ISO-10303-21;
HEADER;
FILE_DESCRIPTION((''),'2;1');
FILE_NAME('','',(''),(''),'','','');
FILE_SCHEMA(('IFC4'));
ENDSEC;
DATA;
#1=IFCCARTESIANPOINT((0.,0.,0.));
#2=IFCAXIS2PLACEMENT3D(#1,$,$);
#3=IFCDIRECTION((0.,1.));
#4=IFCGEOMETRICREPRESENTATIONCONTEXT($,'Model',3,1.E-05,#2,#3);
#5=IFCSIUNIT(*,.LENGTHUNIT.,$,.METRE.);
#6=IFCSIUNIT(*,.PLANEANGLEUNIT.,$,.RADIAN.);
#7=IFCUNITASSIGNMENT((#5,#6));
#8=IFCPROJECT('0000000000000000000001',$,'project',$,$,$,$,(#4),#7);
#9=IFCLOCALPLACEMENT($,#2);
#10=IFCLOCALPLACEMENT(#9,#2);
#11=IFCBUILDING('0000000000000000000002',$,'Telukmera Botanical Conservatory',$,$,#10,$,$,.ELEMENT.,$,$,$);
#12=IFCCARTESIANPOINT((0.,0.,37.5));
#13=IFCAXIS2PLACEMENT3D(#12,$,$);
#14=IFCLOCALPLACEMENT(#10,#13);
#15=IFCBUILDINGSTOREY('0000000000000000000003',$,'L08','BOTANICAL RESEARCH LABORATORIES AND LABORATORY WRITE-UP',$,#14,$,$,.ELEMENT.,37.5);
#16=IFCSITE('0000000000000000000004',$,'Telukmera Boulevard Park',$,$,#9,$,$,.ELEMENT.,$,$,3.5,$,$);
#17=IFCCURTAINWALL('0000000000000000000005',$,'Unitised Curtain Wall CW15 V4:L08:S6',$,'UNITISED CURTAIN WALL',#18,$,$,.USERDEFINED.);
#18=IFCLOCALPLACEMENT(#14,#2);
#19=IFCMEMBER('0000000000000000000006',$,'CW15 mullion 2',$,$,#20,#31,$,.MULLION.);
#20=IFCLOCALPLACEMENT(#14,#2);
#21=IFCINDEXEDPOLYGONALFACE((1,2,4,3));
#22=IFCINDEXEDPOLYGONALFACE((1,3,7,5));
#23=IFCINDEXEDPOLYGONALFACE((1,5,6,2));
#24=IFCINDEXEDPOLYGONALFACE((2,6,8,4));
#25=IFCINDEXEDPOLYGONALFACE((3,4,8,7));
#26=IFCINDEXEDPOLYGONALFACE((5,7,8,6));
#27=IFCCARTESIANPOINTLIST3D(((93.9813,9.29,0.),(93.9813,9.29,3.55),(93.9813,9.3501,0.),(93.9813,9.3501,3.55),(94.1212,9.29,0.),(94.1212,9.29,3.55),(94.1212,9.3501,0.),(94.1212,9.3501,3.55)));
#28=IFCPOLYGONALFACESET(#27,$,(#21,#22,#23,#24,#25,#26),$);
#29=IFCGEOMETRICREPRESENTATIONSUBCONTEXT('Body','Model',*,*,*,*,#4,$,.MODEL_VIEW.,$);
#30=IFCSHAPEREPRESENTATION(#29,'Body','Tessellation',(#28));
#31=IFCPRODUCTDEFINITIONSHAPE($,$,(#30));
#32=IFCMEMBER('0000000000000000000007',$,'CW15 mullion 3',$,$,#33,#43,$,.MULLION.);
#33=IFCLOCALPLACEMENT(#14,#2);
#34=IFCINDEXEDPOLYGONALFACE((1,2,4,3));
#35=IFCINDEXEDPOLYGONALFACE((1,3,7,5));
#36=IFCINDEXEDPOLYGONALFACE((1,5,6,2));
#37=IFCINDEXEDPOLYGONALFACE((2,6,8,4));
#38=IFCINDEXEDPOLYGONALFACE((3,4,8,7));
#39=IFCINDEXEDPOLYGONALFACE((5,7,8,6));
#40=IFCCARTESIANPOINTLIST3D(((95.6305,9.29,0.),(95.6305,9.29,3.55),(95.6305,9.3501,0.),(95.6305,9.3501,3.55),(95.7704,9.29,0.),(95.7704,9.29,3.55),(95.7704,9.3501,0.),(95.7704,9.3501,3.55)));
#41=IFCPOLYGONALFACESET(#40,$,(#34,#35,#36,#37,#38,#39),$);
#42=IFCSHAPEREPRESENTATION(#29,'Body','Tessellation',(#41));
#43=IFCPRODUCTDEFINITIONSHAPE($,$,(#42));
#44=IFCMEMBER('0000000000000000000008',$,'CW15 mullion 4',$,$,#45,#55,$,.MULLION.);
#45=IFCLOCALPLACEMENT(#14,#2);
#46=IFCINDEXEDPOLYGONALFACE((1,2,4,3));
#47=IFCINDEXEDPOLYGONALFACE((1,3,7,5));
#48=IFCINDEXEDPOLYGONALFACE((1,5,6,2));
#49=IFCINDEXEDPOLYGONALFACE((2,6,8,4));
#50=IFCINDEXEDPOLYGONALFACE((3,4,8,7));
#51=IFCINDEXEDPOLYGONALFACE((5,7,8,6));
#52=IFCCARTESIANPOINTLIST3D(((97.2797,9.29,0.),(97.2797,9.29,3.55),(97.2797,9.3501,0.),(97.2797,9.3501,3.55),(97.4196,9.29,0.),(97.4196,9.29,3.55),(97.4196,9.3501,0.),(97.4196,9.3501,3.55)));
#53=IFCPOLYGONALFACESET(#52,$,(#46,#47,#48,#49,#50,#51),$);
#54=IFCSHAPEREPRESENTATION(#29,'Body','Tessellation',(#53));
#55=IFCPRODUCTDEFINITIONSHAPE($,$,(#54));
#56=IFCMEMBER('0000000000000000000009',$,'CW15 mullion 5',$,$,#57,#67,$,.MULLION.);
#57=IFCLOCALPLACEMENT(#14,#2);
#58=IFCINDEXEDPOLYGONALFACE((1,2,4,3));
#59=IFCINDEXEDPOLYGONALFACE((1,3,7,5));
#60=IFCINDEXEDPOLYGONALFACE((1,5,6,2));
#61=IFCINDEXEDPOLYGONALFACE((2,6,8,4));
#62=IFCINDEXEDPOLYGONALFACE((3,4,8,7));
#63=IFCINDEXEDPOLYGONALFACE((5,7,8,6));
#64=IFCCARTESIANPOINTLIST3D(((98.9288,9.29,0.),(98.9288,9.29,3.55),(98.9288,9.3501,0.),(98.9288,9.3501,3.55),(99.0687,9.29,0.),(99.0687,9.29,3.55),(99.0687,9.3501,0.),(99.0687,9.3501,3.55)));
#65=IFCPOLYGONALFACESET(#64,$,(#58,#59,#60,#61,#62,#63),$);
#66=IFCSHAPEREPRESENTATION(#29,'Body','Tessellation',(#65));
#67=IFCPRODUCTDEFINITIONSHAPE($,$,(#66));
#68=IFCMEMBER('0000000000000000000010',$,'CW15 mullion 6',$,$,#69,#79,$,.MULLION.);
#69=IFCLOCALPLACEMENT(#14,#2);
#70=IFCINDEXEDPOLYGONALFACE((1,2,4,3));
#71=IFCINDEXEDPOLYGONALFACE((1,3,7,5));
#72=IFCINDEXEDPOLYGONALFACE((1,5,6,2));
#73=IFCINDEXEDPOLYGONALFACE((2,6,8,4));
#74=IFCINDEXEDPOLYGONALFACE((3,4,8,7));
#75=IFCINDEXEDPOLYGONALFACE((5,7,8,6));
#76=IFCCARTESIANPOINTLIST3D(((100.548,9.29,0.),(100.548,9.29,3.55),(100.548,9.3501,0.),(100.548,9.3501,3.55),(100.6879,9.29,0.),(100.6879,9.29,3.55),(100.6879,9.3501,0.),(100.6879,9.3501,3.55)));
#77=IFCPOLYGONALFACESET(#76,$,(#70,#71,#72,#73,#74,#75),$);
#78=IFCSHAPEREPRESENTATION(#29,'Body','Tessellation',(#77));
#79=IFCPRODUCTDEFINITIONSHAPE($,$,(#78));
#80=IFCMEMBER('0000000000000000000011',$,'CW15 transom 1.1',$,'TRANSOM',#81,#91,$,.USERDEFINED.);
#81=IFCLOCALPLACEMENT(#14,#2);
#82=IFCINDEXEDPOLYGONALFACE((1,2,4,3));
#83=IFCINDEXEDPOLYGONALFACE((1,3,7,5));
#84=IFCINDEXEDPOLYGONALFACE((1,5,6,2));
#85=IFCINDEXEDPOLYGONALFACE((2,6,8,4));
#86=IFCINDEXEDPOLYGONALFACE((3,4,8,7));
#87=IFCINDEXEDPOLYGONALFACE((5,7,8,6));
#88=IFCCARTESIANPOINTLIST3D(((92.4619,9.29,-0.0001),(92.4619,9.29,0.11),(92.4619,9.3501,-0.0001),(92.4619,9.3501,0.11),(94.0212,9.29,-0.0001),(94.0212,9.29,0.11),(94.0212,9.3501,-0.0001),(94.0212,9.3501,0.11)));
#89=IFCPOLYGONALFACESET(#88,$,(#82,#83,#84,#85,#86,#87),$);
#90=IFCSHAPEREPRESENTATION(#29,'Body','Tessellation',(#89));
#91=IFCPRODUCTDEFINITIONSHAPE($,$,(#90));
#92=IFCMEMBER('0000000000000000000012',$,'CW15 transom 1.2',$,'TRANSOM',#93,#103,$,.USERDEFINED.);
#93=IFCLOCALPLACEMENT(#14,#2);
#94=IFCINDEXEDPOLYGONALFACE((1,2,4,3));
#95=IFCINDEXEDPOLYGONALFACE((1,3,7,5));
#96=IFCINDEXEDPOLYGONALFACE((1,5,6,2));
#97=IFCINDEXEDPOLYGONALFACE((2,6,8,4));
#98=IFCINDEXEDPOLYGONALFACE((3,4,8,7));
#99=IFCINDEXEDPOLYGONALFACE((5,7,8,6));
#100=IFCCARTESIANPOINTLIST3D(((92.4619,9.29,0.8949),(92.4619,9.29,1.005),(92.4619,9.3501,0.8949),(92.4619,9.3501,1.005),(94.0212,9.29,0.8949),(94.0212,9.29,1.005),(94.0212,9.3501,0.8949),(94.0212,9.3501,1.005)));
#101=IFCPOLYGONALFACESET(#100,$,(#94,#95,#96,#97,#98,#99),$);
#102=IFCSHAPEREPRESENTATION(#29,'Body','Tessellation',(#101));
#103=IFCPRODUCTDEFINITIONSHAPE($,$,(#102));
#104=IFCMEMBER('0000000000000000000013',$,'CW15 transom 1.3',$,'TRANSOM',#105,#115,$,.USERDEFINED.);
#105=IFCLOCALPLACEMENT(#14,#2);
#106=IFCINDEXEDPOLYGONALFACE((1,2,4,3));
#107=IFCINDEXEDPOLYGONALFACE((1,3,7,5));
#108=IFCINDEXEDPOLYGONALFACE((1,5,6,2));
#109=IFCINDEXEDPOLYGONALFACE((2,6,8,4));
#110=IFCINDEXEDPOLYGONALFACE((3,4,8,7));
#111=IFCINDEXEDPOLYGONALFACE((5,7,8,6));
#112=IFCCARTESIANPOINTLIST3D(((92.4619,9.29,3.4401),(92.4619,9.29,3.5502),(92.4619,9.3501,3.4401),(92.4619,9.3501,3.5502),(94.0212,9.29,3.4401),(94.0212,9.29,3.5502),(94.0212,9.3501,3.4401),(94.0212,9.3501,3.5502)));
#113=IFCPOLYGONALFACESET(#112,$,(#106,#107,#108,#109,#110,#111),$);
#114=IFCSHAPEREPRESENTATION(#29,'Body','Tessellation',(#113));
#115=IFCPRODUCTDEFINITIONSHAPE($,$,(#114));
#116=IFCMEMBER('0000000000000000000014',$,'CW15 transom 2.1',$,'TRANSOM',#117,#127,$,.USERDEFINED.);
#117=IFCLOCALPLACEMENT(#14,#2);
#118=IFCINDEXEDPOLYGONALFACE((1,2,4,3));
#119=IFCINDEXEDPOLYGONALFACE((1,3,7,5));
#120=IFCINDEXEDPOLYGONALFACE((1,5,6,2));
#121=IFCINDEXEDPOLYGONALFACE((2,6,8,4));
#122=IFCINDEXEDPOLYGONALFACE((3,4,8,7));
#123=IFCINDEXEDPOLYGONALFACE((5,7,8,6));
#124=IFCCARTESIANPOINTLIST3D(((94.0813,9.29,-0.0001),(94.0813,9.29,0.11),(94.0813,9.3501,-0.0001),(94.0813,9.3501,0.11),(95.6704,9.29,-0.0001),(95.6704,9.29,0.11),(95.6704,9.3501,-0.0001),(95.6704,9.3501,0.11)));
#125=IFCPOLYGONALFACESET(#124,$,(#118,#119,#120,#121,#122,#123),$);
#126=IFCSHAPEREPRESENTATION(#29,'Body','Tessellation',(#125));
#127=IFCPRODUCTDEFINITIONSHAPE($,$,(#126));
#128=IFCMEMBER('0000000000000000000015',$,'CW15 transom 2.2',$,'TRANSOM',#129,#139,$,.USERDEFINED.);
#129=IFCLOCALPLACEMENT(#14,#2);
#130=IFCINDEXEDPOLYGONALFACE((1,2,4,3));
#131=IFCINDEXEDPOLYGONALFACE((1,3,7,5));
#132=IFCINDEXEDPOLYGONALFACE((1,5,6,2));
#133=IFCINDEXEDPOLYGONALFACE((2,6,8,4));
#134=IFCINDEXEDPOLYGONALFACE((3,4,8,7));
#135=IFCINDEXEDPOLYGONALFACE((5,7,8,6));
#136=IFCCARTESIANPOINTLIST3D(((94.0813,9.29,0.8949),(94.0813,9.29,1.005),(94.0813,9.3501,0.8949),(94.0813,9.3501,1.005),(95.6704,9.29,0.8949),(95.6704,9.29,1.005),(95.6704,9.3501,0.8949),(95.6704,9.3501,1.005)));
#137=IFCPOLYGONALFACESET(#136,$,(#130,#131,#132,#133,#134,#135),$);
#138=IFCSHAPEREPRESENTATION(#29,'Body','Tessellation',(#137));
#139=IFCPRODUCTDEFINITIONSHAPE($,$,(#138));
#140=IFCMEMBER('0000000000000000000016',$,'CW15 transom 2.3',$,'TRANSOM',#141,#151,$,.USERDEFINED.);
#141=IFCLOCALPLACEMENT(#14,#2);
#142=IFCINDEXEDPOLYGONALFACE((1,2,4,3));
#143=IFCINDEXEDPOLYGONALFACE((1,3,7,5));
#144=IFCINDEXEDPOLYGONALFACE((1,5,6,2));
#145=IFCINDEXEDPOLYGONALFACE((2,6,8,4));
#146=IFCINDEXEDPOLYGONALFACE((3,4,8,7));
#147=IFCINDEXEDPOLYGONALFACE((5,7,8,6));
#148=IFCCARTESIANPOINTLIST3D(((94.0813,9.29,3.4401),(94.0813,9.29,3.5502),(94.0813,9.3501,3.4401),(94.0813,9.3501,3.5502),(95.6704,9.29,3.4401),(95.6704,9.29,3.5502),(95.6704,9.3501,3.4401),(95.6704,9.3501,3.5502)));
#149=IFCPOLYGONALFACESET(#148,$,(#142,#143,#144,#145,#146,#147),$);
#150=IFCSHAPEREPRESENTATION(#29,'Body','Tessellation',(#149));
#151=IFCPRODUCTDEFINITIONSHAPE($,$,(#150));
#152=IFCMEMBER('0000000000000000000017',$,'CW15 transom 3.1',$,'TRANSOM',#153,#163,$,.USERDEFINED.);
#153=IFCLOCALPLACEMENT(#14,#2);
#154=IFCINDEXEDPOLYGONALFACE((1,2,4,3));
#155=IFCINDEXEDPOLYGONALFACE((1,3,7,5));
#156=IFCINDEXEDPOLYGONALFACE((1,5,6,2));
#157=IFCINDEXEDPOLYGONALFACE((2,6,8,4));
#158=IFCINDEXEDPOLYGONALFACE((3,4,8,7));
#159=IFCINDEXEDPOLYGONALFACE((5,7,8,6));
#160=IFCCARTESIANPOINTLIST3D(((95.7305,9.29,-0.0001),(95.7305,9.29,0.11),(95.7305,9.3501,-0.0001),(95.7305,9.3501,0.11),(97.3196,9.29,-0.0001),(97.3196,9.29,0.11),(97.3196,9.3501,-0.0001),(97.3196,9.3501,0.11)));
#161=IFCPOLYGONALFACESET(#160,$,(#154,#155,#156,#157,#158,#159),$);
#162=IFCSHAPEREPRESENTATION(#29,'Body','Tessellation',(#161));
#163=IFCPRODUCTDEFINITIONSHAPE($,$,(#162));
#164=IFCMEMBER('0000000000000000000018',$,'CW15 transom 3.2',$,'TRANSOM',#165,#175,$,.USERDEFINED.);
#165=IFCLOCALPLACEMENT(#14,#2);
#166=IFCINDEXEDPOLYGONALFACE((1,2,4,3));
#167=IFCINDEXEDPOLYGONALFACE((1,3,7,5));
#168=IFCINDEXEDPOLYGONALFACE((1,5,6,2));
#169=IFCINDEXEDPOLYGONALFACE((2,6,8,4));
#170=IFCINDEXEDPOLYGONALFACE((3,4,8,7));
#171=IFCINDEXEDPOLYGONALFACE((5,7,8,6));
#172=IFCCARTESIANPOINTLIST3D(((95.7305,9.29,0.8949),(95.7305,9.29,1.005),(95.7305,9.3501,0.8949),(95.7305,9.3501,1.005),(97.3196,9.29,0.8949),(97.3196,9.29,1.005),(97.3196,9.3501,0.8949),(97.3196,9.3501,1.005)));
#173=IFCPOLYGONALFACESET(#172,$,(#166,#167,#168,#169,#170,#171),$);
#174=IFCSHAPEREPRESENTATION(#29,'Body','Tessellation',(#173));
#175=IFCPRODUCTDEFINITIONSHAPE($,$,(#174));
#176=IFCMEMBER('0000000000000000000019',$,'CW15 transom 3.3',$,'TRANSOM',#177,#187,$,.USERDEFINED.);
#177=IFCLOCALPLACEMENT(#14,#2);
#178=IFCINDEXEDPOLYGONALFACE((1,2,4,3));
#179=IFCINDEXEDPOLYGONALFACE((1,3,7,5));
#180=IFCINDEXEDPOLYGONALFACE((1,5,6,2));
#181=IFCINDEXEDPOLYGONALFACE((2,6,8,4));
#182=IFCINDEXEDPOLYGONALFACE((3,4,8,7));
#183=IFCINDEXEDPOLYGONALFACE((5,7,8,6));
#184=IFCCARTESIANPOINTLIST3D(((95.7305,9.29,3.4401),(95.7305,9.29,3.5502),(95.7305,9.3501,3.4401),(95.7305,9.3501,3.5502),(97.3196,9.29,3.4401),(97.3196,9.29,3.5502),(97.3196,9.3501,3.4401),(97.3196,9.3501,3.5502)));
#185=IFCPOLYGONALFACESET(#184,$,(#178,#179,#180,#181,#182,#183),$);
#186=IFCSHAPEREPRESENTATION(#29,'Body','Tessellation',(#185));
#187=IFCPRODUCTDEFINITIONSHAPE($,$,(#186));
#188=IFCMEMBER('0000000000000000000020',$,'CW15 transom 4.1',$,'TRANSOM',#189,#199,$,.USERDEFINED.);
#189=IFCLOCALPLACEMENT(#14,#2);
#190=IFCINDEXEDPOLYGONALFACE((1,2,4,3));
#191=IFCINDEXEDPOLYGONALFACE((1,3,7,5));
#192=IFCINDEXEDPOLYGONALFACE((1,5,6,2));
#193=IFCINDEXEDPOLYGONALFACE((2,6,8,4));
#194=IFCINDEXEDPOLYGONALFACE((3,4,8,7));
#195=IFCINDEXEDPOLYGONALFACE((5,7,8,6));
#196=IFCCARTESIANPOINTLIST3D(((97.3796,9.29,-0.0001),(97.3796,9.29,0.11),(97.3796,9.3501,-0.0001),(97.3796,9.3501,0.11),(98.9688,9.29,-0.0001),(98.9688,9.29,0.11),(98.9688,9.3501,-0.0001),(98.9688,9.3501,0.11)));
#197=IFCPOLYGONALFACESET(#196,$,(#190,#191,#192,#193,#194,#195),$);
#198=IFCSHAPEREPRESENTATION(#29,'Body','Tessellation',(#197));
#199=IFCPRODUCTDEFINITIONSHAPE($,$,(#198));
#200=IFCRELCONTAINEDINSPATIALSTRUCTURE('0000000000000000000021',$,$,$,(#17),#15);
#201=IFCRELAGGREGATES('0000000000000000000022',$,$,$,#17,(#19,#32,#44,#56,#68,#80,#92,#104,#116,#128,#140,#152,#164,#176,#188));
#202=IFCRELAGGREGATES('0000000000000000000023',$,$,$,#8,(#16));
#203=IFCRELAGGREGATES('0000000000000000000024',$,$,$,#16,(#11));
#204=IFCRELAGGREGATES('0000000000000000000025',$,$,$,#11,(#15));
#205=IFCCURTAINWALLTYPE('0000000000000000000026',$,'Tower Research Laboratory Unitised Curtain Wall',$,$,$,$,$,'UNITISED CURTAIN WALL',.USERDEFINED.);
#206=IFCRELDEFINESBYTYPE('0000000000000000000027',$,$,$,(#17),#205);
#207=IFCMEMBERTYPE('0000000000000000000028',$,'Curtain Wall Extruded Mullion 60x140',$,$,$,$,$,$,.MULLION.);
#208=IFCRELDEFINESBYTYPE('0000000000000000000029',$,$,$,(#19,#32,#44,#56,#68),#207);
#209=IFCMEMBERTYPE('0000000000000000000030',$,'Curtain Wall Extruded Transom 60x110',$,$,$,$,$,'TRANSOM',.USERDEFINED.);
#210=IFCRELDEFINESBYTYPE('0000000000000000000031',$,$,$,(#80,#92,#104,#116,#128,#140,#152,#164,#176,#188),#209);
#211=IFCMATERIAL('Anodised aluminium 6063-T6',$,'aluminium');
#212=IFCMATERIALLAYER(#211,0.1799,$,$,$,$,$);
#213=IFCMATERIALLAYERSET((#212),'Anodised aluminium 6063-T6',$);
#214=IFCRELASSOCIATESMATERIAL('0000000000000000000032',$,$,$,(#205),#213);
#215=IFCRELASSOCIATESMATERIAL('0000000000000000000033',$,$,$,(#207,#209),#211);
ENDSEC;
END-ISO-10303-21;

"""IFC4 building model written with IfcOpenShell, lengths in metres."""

from ifc_helpers import new_model, si_unit, direction, frame, origin, origin_2d, place, context, subcontext, project, spatial, rectangle, extrude, material, layer, layer_set, material_profile, profile_set, type_object, element, aggregate, save


model = new_model("IFC4")

# Units and contexts
model_context = context("Model", 3, precision=1e-05, world=origin(), true_north=direction((0.0, 1.0)))
body_context = subcontext(model_context, "Body", "Model", "MODEL_VIEW")
ifc_project = project(units=[si_unit("LENGTHUNIT", "METRE"), si_unit("PLANEANGLEUNIT", "RADIAN")], contexts=[model_context])

# Site, building, storey
site_placement = place(None, origin())
site = spatial("IfcSite", under=ifc_project, at=site_placement, Name="Telukmera Boulevard Park", CompositionType="ELEMENT", RefElevation=3.5)
building_placement = place(site_placement, origin())
building = spatial("IfcBuilding", under=site, at=building_placement, Name="Telukmera Botanical Conservatory", CompositionType="ELEMENT")
storey_placement = place(building_placement, frame((0.0, 0.0, 37.5)))
storey = spatial("IfcBuildingStorey", under=building, at=storey_placement, Name="L08", Description="BOTANICAL RESEARCH LABORATORIES AND LABORATORY WRITE-UP", CompositionType="ELEMENT", Elevation=37.5)

# Curtain wall, members
ifc_material_1 = material(Name="Anodised aluminium 6063-T6", Category="aluminium")
ifc_layer_1 = layer(ifc_material_1, 0.1799)
ifc_layer_set_1 = layer_set([ifc_layer_1], Name="Anodised aluminium 6063-T6")
curtain_wall_type = type_object("IfcCurtainWallType", Name="Tower Research Laboratory Unitised Curtain Wall", ElementType="UNITISED CURTAIN WALL", PredefinedType="USERDEFINED", material=ifc_layer_set_1)
curtain_wall_placement = place(storey_placement, origin())
curtain_wall = element("IfcCurtainWall", 1, at=curtain_wall_placement, inside=storey, type_object=curtain_wall_type, Name="Unitised Curtain Wall CW15 V4:L08:S6", ObjectType="UNITISED CURTAIN WALL", PredefinedType="USERDEFINED")
ifc_material_profile_1 = material_profile(ifc_material_1, rectangle(XDim=0.0601, YDim=0.1399, at=origin_2d()), Name="ALU MULL 60x140")
ifc_profile_set_1 = profile_set([ifc_material_profile_1], Name="Anodised aluminium 6063-T6")
member_type_1 = type_object("IfcMemberType", Name="Curtain Wall Extruded Mullion 60x140", PredefinedType="MULLION", material=ifc_profile_set_1)
member_1_placement = place(storey_placement, frame((94.0513, 9.3201, 0.0), z_axis=(0.0, 0.0, 1.0), x_axis=(0.0, 1.0, 0.0)))
member_1 = element("IfcMember", 2, at=member_1_placement, type_object=member_type_1, Name="CW15 mullion 2", PredefinedType="MULLION", context=body_context, shape_type="SweptSolid", body=[
    extrude(rectangle(XDim=0.0601, YDim=0.1399, at=origin_2d()), origin(), (0.0, 0.0, 1.0), 3.55),
])
member_2_placement = place(storey_placement, frame((95.7004, 9.3201, 0.0), z_axis=(0.0, 0.0, 1.0), x_axis=(0.0, 1.0, 0.0)))
member_2 = element("IfcMember", 3, at=member_2_placement, type_object=member_type_1, Name="CW15 mullion 3", PredefinedType="MULLION", context=body_context, shape_type="SweptSolid", body=[
    extrude(rectangle(XDim=0.0601, YDim=0.1399, at=origin_2d()), origin(), (0.0, 0.0, 1.0), 3.55),
])
member_3_placement = place(storey_placement, frame((97.3496, 9.3201, 0.0), z_axis=(0.0, 0.0, 1.0), x_axis=(0.0, 1.0, 0.0)))
member_3 = element("IfcMember", 4, at=member_3_placement, type_object=member_type_1, Name="CW15 mullion 4", PredefinedType="MULLION", context=body_context, shape_type="SweptSolid", body=[
    extrude(rectangle(XDim=0.0601, YDim=0.1399, at=origin_2d()), origin(), (0.0, 0.0, 1.0), 3.55),
])
member_4_placement = place(storey_placement, frame((98.9988, 9.3201, 0.0), z_axis=(0.0, 0.0, 1.0), x_axis=(0.0, 1.0, 0.0)))
member_4 = element("IfcMember", 5, at=member_4_placement, type_object=member_type_1, Name="CW15 mullion 5", PredefinedType="MULLION", context=body_context, shape_type="SweptSolid", body=[
    extrude(rectangle(XDim=0.0601, YDim=0.1399, at=origin_2d()), origin(), (0.0, 0.0, 1.0), 3.55),
])
member_5_placement = place(storey_placement, frame((100.6179, 9.3201, 0.0), z_axis=(0.0, 0.0, 1.0), x_axis=(0.0, 1.0, 0.0)))
member_5 = element("IfcMember", 6, at=member_5_placement, type_object=member_type_1, Name="CW15 mullion 6", PredefinedType="MULLION", context=body_context, shape_type="SweptSolid", body=[
    extrude(rectangle(XDim=0.0601, YDim=0.1399, at=origin_2d()), origin(), (0.0, 0.0, 1.0), 3.55),
])
ifc_material_profile_2 = material_profile(ifc_material_1, rectangle(XDim=0.0601, YDim=0.1101, at=origin_2d()), Name="ALU TRAN 60x110")
ifc_profile_set_2 = profile_set([ifc_material_profile_2], Name="Anodised aluminium 6063-T6")
member_type_2 = type_object("IfcMemberType", Name="Curtain Wall Extruded Transom 60x110", ElementType="TRANSOM", PredefinedType="USERDEFINED", material=ifc_profile_set_2)
member_6_placement = place(storey_placement, frame((92.4619, 9.3201, 0.0549), z_axis=(1.0, 0.0, 0.0), x_axis=(0.0, 1.0, 0.0)))
member_6 = element("IfcMember", 7, at=member_6_placement, type_object=member_type_2, Name="CW15 transom 1.1", ObjectType="TRANSOM", PredefinedType="USERDEFINED", context=body_context, shape_type="SweptSolid", body=[
    extrude(rectangle(XDim=0.0601, YDim=0.1101, at=origin_2d()), origin(), (0.0, 0.0, 1.0), 1.5593),
])
member_7_placement = place(storey_placement, frame((92.4619, 9.3201, 0.95), z_axis=(1.0, 0.0, 0.0), x_axis=(0.0, 1.0, 0.0)))
member_7 = element("IfcMember", 8, at=member_7_placement, type_object=member_type_2, Name="CW15 transom 1.2", ObjectType="TRANSOM", PredefinedType="USERDEFINED", context=body_context, shape_type="SweptSolid", body=[
    extrude(rectangle(XDim=0.0601, YDim=0.1101, at=origin_2d()), origin(), (0.0, 0.0, 1.0), 1.5593),
])
member_8_placement = place(storey_placement, frame((92.4619, 9.3201, 3.4951), z_axis=(1.0, 0.0, 0.0), x_axis=(0.0, 1.0, 0.0)))
member_8 = element("IfcMember", 9, at=member_8_placement, type_object=member_type_2, Name="CW15 transom 1.3", ObjectType="TRANSOM", PredefinedType="USERDEFINED", context=body_context, shape_type="SweptSolid", body=[
    extrude(rectangle(XDim=0.0601, YDim=0.1101, at=origin_2d()), origin(), (0.0, 0.0, 1.0), 1.5593),
])
member_9_placement = place(storey_placement, frame((94.0813, 9.3201, 0.0549), z_axis=(1.0, 0.0, 0.0), x_axis=(0.0, 1.0, 0.0)))
member_9 = element("IfcMember", 10, at=member_9_placement, type_object=member_type_2, Name="CW15 transom 2.1", ObjectType="TRANSOM", PredefinedType="USERDEFINED", context=body_context, shape_type="SweptSolid", body=[
    extrude(rectangle(XDim=0.0601, YDim=0.1101, at=origin_2d()), origin(), (0.0, 0.0, 1.0), 1.5891),
])
member_10_placement = place(storey_placement, frame((94.0813, 9.3201, 0.95), z_axis=(1.0, 0.0, 0.0), x_axis=(0.0, 1.0, 0.0)))
member_10 = element("IfcMember", 11, at=member_10_placement, type_object=member_type_2, Name="CW15 transom 2.2", ObjectType="TRANSOM", PredefinedType="USERDEFINED", context=body_context, shape_type="SweptSolid", body=[
    extrude(rectangle(XDim=0.0601, YDim=0.1101, at=origin_2d()), origin(), (0.0, 0.0, 1.0), 1.5891),
])
member_11_placement = place(storey_placement, frame((94.0813, 9.3201, 3.4951), z_axis=(1.0, 0.0, 0.0), x_axis=(0.0, 1.0, 0.0)))
member_11 = element("IfcMember", 12, at=member_11_placement, type_object=member_type_2, Name="CW15 transom 2.3", ObjectType="TRANSOM", PredefinedType="USERDEFINED", context=body_context, shape_type="SweptSolid", body=[
    extrude(rectangle(XDim=0.0601, YDim=0.1101, at=origin_2d()), origin(), (0.0, 0.0, 1.0), 1.5891),
])
member_12_placement = place(storey_placement, frame((95.7305, 9.3201, 0.0549), z_axis=(1.0, 0.0, 0.0), x_axis=(0.0, 1.0, 0.0)))
member_12 = element("IfcMember", 13, at=member_12_placement, type_object=member_type_2, Name="CW15 transom 3.1", ObjectType="TRANSOM", PredefinedType="USERDEFINED", context=body_context, shape_type="SweptSolid", body=[
    extrude(rectangle(XDim=0.0601, YDim=0.1101, at=origin_2d()), origin(), (0.0, 0.0, 1.0), 1.5891),
])
member_13_placement = place(storey_placement, frame((95.7305, 9.3201, 0.95), z_axis=(1.0, 0.0, 0.0), x_axis=(0.0, 1.0, 0.0)))
member_13 = element("IfcMember", 14, at=member_13_placement, type_object=member_type_2, Name="CW15 transom 3.2", ObjectType="TRANSOM", PredefinedType="USERDEFINED", context=body_context, shape_type="SweptSolid", body=[
    extrude(rectangle(XDim=0.0601, YDim=0.1101, at=origin_2d()), origin(), (0.0, 0.0, 1.0), 1.5891),
])
member_14_placement = place(storey_placement, frame((95.7305, 9.3201, 3.4951), z_axis=(1.0, 0.0, 0.0), x_axis=(0.0, 1.0, 0.0)))
member_14 = element("IfcMember", 15, at=member_14_placement, type_object=member_type_2, Name="CW15 transom 3.3", ObjectType="TRANSOM", PredefinedType="USERDEFINED", context=body_context, shape_type="SweptSolid", body=[
    extrude(rectangle(XDim=0.0601, YDim=0.1101, at=origin_2d()), origin(), (0.0, 0.0, 1.0), 1.5891),
])
member_15_placement = place(storey_placement, frame((97.3796, 9.3201, 0.0549), z_axis=(1.0, 0.0, 0.0), x_axis=(0.0, 1.0, 0.0)))
member_15 = element("IfcMember", 16, at=member_15_placement, type_object=member_type_2, Name="CW15 transom 4.1", ObjectType="TRANSOM", PredefinedType="USERDEFINED", context=body_context, shape_type="SweptSolid", body=[
    extrude(rectangle(XDim=0.0601, YDim=0.1101, at=origin_2d()), origin(), (0.0, 0.0, 1.0), 1.5891),
])
aggregate(curtain_wall, [member_1, member_2, member_3, member_4, member_5, member_6, member_7, member_8, member_9, member_10, member_11, member_12, member_13, member_14, member_15])

save(model, "model.ifc")
